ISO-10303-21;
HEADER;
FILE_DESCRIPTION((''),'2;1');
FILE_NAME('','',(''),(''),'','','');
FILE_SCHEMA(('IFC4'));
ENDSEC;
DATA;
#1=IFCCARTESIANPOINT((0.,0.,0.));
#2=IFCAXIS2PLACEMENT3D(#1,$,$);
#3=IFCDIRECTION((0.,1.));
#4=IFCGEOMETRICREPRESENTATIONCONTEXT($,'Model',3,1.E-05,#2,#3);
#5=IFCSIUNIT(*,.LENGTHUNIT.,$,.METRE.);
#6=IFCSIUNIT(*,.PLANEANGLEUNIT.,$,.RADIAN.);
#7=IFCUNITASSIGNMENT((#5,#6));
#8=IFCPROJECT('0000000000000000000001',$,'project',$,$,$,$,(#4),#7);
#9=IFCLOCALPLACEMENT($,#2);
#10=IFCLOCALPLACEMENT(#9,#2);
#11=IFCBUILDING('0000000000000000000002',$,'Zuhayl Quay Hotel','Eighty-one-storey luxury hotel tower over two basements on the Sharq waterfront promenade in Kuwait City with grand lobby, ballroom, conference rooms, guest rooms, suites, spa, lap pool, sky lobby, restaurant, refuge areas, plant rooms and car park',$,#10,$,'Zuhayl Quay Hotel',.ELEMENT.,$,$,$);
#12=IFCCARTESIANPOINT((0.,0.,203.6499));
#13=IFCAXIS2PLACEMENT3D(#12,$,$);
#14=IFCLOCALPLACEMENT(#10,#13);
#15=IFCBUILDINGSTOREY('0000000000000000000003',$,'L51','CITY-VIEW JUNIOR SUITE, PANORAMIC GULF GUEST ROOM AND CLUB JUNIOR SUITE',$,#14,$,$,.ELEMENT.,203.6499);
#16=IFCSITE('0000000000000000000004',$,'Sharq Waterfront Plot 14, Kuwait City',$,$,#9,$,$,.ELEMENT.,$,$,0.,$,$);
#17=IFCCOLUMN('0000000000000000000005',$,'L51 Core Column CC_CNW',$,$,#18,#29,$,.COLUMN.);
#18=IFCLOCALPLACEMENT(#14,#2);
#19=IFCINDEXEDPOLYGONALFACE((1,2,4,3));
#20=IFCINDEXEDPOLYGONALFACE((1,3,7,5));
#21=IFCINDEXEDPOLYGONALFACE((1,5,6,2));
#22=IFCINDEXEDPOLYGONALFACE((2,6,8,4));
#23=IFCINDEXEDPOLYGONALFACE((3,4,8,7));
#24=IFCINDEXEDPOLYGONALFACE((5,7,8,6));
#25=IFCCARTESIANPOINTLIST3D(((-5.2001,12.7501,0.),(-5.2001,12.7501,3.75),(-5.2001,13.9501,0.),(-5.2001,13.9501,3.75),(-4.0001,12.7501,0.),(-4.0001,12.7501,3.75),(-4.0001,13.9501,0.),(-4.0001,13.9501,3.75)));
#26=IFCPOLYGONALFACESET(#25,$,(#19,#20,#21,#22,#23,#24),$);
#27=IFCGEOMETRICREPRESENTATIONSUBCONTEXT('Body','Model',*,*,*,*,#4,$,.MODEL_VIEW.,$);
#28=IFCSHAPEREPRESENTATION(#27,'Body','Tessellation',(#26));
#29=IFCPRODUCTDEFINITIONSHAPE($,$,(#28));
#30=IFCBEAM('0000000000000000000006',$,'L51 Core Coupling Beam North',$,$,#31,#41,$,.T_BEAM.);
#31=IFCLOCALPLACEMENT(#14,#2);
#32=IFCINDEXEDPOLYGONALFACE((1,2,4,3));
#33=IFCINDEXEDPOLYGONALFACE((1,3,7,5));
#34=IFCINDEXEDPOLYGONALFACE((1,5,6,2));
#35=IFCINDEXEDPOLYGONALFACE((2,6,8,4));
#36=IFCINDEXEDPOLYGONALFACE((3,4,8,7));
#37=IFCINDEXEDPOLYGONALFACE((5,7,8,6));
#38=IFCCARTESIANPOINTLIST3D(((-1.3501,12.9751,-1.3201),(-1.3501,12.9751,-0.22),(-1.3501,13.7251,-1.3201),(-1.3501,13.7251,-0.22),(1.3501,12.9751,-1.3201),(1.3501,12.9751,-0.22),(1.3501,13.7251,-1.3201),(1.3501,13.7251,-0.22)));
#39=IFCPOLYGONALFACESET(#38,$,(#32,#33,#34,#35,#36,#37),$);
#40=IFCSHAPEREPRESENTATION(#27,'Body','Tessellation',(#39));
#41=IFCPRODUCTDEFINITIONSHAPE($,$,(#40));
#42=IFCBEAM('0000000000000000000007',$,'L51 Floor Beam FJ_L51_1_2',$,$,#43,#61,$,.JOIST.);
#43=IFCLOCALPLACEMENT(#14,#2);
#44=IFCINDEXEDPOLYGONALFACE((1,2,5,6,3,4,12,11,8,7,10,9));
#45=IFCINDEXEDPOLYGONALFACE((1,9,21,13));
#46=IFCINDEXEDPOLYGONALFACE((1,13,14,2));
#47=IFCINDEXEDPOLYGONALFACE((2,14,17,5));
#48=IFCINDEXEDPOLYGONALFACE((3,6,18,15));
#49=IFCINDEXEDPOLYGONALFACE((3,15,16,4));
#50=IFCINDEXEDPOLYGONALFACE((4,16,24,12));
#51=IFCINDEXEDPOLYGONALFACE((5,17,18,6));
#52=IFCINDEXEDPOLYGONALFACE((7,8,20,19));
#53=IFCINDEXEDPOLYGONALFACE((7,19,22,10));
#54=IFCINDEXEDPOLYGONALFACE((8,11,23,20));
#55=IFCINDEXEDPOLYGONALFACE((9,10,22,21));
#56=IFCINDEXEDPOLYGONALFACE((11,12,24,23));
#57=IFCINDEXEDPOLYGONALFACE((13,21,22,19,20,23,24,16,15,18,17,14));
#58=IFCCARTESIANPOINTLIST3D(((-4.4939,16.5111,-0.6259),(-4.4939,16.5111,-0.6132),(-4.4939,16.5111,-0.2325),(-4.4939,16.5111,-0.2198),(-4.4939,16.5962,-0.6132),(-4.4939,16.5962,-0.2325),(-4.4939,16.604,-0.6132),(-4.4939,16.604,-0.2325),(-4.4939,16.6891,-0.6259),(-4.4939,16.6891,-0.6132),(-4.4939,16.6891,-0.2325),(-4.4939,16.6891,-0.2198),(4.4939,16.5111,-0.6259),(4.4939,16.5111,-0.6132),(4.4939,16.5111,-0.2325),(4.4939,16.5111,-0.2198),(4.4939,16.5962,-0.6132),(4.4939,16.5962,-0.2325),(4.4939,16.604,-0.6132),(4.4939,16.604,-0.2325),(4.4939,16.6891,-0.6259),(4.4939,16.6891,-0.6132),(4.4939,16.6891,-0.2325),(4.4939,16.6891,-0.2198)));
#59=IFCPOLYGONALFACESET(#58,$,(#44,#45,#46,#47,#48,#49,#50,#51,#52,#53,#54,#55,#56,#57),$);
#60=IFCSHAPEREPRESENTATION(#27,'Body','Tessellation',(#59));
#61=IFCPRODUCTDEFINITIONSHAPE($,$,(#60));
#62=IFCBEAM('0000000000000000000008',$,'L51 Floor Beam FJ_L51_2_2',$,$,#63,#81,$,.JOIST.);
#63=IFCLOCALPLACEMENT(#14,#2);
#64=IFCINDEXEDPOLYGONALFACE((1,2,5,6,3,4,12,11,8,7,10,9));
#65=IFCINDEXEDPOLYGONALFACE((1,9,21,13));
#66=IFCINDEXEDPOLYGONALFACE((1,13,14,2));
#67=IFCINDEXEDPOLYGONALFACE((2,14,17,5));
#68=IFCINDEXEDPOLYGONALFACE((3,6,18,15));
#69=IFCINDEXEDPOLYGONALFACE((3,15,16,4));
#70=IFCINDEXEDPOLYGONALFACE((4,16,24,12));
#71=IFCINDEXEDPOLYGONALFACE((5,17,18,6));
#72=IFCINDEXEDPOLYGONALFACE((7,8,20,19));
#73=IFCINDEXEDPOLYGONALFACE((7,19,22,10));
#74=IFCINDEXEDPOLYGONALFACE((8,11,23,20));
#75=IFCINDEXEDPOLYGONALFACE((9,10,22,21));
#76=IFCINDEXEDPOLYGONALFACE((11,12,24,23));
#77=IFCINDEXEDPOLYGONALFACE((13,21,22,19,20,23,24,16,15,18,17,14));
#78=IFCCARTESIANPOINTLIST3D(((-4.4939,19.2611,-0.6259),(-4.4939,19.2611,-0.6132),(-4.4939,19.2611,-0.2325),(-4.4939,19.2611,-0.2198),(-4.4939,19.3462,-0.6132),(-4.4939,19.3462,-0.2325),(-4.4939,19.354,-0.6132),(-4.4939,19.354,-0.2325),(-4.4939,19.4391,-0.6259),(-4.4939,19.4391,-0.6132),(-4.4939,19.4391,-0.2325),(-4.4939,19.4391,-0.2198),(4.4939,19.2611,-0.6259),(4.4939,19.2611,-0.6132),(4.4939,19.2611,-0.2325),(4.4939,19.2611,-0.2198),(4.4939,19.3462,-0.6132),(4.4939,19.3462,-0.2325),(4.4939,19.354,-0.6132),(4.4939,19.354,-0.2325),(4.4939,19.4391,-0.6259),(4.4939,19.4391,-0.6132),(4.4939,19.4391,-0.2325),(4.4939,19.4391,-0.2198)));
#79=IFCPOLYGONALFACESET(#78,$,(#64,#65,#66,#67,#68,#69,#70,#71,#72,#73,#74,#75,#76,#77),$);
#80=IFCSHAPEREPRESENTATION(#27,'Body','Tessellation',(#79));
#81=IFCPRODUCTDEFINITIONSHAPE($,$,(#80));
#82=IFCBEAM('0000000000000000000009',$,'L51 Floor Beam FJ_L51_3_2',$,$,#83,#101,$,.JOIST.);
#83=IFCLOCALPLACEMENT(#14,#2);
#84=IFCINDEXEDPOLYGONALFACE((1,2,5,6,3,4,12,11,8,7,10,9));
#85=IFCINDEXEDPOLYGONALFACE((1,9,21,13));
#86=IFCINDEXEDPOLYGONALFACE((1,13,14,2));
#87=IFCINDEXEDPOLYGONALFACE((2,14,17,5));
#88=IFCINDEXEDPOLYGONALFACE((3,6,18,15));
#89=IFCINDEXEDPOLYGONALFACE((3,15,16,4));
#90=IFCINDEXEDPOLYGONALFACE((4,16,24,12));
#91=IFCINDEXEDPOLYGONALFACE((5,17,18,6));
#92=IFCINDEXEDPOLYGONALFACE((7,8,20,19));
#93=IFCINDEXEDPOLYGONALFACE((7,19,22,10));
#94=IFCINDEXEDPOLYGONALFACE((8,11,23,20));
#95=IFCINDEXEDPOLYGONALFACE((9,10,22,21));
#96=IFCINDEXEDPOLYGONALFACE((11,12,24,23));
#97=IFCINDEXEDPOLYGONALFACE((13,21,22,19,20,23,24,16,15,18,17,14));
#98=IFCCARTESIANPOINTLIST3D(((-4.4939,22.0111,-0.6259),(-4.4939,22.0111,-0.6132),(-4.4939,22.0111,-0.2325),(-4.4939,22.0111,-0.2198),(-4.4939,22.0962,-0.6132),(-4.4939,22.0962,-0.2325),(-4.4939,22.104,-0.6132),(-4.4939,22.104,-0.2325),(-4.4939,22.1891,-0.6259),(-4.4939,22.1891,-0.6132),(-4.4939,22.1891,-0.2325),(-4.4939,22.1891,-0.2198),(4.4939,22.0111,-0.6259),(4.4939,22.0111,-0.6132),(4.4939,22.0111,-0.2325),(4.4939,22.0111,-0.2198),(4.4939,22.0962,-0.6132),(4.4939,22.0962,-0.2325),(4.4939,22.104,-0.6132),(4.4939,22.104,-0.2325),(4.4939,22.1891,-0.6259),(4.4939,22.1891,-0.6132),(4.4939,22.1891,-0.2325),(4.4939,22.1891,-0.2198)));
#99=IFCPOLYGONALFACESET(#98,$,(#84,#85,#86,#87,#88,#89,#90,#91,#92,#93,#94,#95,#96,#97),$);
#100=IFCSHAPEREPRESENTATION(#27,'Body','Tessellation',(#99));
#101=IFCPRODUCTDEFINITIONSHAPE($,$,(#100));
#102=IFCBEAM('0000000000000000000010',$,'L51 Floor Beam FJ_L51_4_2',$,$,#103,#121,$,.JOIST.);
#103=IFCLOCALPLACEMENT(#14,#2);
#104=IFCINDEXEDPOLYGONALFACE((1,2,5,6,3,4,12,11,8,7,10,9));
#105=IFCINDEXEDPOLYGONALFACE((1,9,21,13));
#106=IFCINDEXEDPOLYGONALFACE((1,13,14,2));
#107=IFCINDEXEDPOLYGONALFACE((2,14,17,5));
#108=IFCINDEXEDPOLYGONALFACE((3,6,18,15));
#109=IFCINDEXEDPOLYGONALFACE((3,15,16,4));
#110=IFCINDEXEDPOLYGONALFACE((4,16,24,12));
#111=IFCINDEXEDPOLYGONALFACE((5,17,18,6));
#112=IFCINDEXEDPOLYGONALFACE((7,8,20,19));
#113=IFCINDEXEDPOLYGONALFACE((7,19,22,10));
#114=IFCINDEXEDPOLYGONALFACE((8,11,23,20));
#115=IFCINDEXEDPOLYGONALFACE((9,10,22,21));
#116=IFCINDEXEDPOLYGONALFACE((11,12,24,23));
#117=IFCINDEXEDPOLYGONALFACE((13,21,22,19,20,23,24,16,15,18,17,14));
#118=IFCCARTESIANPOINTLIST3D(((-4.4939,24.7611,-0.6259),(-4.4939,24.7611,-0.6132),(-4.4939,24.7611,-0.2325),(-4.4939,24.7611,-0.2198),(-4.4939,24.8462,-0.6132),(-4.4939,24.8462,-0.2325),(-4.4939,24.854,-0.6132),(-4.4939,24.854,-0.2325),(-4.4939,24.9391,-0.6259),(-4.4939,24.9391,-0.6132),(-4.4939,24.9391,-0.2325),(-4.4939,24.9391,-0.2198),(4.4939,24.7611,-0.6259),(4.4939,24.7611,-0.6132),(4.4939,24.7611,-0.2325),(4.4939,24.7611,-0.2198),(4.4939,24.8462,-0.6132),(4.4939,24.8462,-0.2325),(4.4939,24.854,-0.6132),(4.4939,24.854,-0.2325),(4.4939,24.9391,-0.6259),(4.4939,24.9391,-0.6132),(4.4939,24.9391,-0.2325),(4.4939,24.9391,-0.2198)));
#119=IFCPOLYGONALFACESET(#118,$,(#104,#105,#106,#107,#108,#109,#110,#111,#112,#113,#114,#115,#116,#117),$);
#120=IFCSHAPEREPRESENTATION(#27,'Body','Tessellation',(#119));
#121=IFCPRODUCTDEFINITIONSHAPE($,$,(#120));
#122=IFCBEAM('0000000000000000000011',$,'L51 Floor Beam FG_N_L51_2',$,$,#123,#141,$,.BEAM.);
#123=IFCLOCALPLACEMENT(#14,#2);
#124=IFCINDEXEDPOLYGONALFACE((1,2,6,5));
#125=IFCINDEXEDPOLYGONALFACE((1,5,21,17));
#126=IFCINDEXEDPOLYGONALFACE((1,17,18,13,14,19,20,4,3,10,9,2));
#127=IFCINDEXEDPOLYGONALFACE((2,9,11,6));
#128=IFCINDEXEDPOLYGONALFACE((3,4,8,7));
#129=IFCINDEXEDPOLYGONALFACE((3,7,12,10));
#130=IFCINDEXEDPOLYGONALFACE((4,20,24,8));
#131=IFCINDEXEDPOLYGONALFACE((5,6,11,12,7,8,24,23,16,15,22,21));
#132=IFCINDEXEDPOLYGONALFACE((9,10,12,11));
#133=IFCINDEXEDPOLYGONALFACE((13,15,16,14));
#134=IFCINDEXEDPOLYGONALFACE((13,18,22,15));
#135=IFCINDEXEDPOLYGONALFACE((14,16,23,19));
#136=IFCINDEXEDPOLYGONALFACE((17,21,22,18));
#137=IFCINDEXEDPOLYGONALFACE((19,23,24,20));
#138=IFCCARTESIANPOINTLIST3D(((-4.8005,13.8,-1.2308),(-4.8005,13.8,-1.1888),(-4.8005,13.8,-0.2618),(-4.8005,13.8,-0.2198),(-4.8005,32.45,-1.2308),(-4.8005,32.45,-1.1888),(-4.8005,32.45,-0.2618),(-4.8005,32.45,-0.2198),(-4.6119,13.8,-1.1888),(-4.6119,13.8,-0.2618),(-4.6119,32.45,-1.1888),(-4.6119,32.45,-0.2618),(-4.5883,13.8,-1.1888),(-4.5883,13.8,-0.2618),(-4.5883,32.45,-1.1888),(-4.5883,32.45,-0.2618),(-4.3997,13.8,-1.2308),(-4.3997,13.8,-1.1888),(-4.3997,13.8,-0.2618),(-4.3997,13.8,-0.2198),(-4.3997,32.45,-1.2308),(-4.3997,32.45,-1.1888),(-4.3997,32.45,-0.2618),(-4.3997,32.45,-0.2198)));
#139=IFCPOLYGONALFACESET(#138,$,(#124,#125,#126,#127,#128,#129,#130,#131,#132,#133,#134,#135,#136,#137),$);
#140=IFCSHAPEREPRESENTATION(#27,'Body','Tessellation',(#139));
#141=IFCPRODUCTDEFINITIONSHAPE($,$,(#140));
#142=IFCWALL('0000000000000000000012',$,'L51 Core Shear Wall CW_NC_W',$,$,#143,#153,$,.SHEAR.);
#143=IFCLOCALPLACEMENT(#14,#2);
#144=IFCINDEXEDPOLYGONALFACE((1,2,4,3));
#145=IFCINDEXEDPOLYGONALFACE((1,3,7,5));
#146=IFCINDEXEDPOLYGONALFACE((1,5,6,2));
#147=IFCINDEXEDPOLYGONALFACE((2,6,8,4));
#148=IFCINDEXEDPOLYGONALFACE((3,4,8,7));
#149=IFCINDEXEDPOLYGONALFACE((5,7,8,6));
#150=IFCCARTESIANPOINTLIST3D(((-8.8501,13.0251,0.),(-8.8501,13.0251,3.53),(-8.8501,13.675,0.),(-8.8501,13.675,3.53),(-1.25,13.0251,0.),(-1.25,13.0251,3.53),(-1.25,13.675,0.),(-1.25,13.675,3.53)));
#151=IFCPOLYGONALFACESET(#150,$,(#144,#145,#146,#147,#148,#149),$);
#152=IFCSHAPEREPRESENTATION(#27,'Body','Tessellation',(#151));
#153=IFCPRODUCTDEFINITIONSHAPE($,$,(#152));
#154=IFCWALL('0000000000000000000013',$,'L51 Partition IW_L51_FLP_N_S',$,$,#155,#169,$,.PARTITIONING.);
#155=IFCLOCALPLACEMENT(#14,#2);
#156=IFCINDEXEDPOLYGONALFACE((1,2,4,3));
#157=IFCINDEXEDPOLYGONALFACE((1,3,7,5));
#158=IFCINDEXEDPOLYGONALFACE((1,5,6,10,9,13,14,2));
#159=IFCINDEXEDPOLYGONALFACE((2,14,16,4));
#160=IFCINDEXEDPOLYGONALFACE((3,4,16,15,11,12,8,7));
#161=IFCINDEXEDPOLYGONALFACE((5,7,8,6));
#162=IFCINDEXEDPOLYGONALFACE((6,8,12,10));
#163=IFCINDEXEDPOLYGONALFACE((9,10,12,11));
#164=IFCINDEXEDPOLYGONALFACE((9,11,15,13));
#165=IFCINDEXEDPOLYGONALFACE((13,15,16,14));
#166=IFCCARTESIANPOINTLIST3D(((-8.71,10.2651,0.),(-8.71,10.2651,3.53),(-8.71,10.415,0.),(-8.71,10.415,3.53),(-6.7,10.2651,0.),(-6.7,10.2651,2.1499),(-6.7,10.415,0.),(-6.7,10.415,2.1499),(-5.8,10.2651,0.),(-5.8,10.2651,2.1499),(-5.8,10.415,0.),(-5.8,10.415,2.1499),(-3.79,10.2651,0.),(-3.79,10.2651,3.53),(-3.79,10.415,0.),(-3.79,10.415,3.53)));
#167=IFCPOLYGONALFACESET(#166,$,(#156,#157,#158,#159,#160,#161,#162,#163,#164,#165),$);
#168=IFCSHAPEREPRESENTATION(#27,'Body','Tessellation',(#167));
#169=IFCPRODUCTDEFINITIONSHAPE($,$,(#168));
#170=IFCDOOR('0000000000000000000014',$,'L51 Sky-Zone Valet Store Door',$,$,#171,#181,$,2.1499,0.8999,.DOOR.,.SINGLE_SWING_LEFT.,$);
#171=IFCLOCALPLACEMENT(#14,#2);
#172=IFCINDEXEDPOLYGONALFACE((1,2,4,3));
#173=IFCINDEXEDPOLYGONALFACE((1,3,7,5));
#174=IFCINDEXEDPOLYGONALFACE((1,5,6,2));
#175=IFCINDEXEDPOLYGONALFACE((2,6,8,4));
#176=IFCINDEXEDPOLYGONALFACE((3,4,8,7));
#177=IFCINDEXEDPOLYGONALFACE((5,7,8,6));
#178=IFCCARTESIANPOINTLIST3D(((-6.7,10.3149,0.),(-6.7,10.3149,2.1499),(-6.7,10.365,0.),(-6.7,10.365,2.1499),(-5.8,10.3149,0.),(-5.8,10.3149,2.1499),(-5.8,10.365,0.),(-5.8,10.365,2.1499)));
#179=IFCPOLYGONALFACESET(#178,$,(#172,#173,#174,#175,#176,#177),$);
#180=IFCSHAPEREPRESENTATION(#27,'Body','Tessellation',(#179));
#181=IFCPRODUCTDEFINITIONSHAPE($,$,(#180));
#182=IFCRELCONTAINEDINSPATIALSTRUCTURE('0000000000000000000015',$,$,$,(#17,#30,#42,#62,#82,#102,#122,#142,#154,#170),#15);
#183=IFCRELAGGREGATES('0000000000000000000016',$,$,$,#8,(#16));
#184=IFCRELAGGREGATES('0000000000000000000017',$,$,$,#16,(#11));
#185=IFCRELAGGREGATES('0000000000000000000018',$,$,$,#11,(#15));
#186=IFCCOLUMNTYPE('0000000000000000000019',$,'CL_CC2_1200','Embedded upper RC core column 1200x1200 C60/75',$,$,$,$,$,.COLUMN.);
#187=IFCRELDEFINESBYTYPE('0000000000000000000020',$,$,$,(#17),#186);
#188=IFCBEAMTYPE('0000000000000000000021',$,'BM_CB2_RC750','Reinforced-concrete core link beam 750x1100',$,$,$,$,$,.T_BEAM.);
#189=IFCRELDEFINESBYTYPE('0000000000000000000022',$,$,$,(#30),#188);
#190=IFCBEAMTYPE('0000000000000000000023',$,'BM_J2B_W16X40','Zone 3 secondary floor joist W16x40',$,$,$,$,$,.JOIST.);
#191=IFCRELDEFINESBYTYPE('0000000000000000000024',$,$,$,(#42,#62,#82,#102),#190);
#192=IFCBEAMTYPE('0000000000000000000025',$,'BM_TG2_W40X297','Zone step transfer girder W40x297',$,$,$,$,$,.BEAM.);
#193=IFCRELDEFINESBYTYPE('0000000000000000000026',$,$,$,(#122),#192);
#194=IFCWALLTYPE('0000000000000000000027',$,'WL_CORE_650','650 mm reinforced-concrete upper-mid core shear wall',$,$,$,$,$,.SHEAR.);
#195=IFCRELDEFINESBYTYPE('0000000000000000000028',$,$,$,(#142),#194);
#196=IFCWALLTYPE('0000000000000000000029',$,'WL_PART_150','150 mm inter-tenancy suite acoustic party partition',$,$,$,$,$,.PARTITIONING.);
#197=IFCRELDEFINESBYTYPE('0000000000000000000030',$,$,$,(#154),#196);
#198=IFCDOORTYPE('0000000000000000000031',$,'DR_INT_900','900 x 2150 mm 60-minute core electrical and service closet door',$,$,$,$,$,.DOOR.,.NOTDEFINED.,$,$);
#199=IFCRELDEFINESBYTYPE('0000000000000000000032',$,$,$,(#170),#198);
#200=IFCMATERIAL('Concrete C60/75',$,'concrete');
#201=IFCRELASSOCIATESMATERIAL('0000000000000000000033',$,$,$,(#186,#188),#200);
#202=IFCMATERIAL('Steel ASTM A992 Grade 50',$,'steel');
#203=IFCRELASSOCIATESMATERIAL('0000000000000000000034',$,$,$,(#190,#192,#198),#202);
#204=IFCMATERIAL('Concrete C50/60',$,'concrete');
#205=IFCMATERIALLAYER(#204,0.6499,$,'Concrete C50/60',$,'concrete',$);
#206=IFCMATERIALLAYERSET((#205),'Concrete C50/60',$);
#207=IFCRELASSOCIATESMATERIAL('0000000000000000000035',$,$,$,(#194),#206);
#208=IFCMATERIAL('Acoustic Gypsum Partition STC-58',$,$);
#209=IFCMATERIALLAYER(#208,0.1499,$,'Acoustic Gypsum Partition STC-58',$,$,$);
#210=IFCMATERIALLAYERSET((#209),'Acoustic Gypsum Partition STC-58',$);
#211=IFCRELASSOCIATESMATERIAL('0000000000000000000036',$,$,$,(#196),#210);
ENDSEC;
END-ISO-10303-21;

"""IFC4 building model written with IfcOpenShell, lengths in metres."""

from ifc_helpers import new_model, si_unit, direction, frame, frame_2d, origin, origin_2d, place, context, subcontext, project, spatial, rectangle, i_section, extrude, material, layer, layer_set, material_profile, profile_set, type_object, element, fill, save


model = new_model("IFC4")

# Units and contexts
model_context = context("Model", 3, precision=1e-05, world=origin(), true_north=direction((0.0, 1.0)))
body_context = subcontext(model_context, "Body", "Model", "MODEL_VIEW")
ifc_project = project(units=[si_unit("LENGTHUNIT", "METRE"), si_unit("PLANEANGLEUNIT", "RADIAN")], contexts=[model_context])

# Site, building, storey
site_placement = place(None, origin())
site = spatial("IfcSite", under=ifc_project, at=site_placement, Name="Sharq Waterfront Plot 14, Kuwait City", CompositionType="ELEMENT", RefElevation=0.0)
building_placement = place(site_placement, origin())
building = spatial("IfcBuilding", under=site, at=building_placement, Name="Zuhayl Quay Hotel", Description="Eighty-one-storey luxury hotel tower over two basements on the Sharq waterfront promenade in Kuwait City with grand lobby, ballroom, conference rooms, guest rooms, suites, spa, lap pool, sky lobby, restaurant, refuge areas, plant rooms and car park", LongName="Zuhayl Quay Hotel", CompositionType="ELEMENT")
storey_placement = place(building_placement, frame((0.0, 0.0, 203.6499)))
storey = spatial("IfcBuildingStorey", under=building, at=storey_placement, Name="L51", Description="CITY-VIEW JUNIOR SUITE, PANORAMIC GULF GUEST ROOM AND CLUB JUNIOR SUITE", CompositionType="ELEMENT", Elevation=203.6499)

# Column
ifc_material_1 = material(Name="Concrete C60/75", Category="concrete")
ifc_material_profile_1 = material_profile(ifc_material_1, rectangle(XDim=1.2, YDim=1.2, at=origin_2d()), Name="RC1200X1200")
ifc_profile_set_1 = profile_set([ifc_material_profile_1], Name="Concrete C60/75")
column_type = type_object("IfcColumnType", Name="CL_CC2_1200", Description="Embedded upper RC core column 1200x1200 C60/75", PredefinedType="COLUMN", material=ifc_profile_set_1)
column_placement = place(storey_placement, frame((-4.6001, 13.3501, 0.0), z_axis=(0.0, 0.0, 1.0), x_axis=(1.0, 0.0, 0.0)))
element("IfcColumn", 1, at=column_placement, inside=storey, type_object=column_type, Name="L51 Core Column CC_CNW", PredefinedType="COLUMN", context=body_context, shape_type="SweptSolid", body=[
    extrude(rectangle(XDim=1.2, YDim=1.2, at=origin_2d()), origin(), (0.0, 0.0, 1.0), 3.75),
])

# Beams
ifc_material_profile_2 = material_profile(ifc_material_1, rectangle(XDim=0.75, YDim=1.1001, at=origin_2d()), Name="RC750X1100")
ifc_profile_set_2 = profile_set([ifc_material_profile_2], Name="Concrete C60/75")
beam_type_1 = type_object("IfcBeamType", Name="BM_CB2_RC750", Description="Reinforced-concrete core link beam 750x1100", PredefinedType="T_BEAM", material=ifc_profile_set_2)
beam_1_placement = place(storey_placement, frame((-1.3501, 13.3501, -0.77), z_axis=(1.0, 0.0, 0.0), x_axis=(0.0, 1.0, 0.0)))
element("IfcBeam", 2, at=beam_1_placement, inside=storey, type_object=beam_type_1, Name="L51 Core Coupling Beam North", PredefinedType="T_BEAM", context=body_context, shape_type="SweptSolid", body=[
    extrude(rectangle(XDim=0.75, YDim=1.1001, at=origin_2d()), origin(), (0.0, 0.0, 1.0), 2.7002),
])
ifc_material_2 = material(Name="Steel ASTM A992 Grade 50", Category="steel")
ifc_material_profile_3 = material_profile(ifc_material_2, i_section(OverallWidth=0.178, OverallDepth=0.406, WebThickness=0.0078, FlangeThickness=0.0127, at=origin_2d()), Name="W16X40")
ifc_profile_set_3 = profile_set([ifc_material_profile_3], Name="Steel ASTM A992 Grade 50")
beam_type_2 = type_object("IfcBeamType", Name="BM_J2B_W16X40", Description="Zone 3 secondary floor joist W16x40", PredefinedType="JOIST", material=ifc_profile_set_3)
for number, where, z_axis, x_axis, name in (
    (3, (-4.4939, 16.6001, -0.4229), (1.0, 0.0, 0.0), (0.0, 1.0, 0.0), "L51 Floor Beam FJ_L51_1_2"),
    (4, (-4.4939, 19.3501, -0.4229), (1.0, 0.0, 0.0), (0.0, 1.0, 0.0), "L51 Floor Beam FJ_L51_2_2"),
    (5, (-4.4939, 22.1001, -0.4229), (1.0, 0.0, 0.0), (0.0, 1.0, 0.0), "L51 Floor Beam FJ_L51_3_2"),
    (6, (-4.4939, 24.8501, -0.4229), (1.0, 0.0, 0.0), (0.0, 1.0, 0.0), "L51 Floor Beam FJ_L51_4_2"),
):
    element("IfcBeam", number, at=place(storey_placement, frame(where, z_axis=z_axis, x_axis=x_axis)), inside=storey, type_object=beam_type_2, Name=name, PredefinedType="JOIST", context=body_context, shape_type="SweptSolid", body=[
        extrude(i_section(OverallWidth=0.178, OverallDepth=0.406, WebThickness=0.0078, FlangeThickness=0.0127, at=origin_2d()), origin(), (0.0, 0.0, 1.0), 8.9878),
    ])
ifc_material_profile_4 = material_profile(ifc_material_2, i_section(OverallWidth=0.4009, OverallDepth=1.011, WebThickness=0.0237, FlangeThickness=0.042, at=origin_2d()), Name="W40X297")
ifc_profile_set_4 = profile_set([ifc_material_profile_4], Name="Steel ASTM A992 Grade 50")
beam_type_3 = type_object("IfcBeamType", Name="BM_TG2_W40X297", Description="Zone step transfer girder W40x297", PredefinedType="BEAM", material=ifc_profile_set_4)
beam_2_placement = place(storey_placement, frame((-4.6001, 13.8, -0.7253), z_axis=(0.0, 1.0, 0.0), x_axis=(-1.0, 0.0, 0.0)))
element("IfcBeam", 7, at=beam_2_placement, inside=storey, type_object=beam_type_3, Name="L51 Floor Beam FG_N_L51_2", PredefinedType="BEAM", context=body_context, shape_type="SweptSolid", body=[
    extrude(i_section(OverallWidth=0.4009, OverallDepth=1.011, WebThickness=0.0237, FlangeThickness=0.042, at=origin_2d()), origin(), (0.0, 0.0, 1.0), 18.6499),
])

# Wall
ifc_material_3 = material(Name="Concrete C50/60", Category="concrete")
ifc_layer_1 = layer(ifc_material_3, 0.6499, Name="Concrete C50/60", Category="concrete")
ifc_layer_set_1 = layer_set([ifc_layer_1], Name="Concrete C50/60")
wall_type_1 = type_object("IfcWallType", Name="WL_CORE_650", Description="650 mm reinforced-concrete upper-mid core shear wall", PredefinedType="SHEAR", material=ifc_layer_set_1)
wall_1_placement = place(storey_placement, frame((-8.8501, 13.3501, 0.0), z_axis=(0.0, 0.0, 1.0), x_axis=(1.0, 0.0, 0.0)))
element("IfcWall", 8, at=wall_1_placement, inside=storey, type_object=wall_type_1, Name="L51 Core Shear Wall CW_NC_W", PredefinedType="SHEAR", context=body_context, shape_type="SweptSolid", body=[
    extrude(rectangle(XDim=7.6001, YDim=0.6499, at=frame_2d((3.8, 0.0))), origin(), (0.0, 0.0, 1.0), 3.53),
])

# Wall, opening, door
ifc_material_4 = material(Name="Acoustic Gypsum Partition STC-58")
ifc_layer_2 = layer(ifc_material_4, 0.1499, Name="Acoustic Gypsum Partition STC-58")
ifc_layer_set_2 = layer_set([ifc_layer_2], Name="Acoustic Gypsum Partition STC-58")
wall_type_2 = type_object("IfcWallType", Name="WL_PART_150", Description="150 mm inter-tenancy suite acoustic party partition", PredefinedType="PARTITIONING", material=ifc_layer_set_2)
wall_2_placement = place(storey_placement, frame((-8.71, 10.3401, 0.0), z_axis=(0.0, 0.0, 1.0), x_axis=(1.0, 0.0, 0.0)))
wall_2 = element("IfcWall", 9, at=wall_2_placement, inside=storey, type_object=wall_type_2, Name="L51 Partition IW_L51_FLP_N_S", PredefinedType="PARTITIONING", context=body_context, shape_type="SweptSolid", body=[
    extrude(rectangle(XDim=4.9199, YDim=0.1499, at=frame_2d((2.46, 0.0))), origin(), (0.0, 0.0, 1.0), 3.53),
])
opening_1_placement = place(wall_2_placement, frame((2.01, 0.0, 0.0)))
opening_1 = element("IfcOpeningElement", 10, at=opening_1_placement, cuts=wall_2, PredefinedType="OPENING", context=body_context, shape_type="SweptSolid", body=[
    extrude(rectangle(XDim=0.8999, YDim=2.1499, at=frame_2d((0.45, 1.075))), frame((0.0, 0.085, 0.0), z_axis=(0.0, -1.0, 0.0), x_axis=(1.0, 0.0, 0.0)), (0.0, 0.0, 1.0), 0.1699),
])
door_type_1 = type_object("IfcDoorType", Name="DR_INT_900", Description="900 x 2150 mm 60-minute core electrical and service closet door", OperationType="NOTDEFINED", PredefinedType="DOOR", material=ifc_material_2)
door_1_placement = place(opening_1_placement, origin())
door_1 = element("IfcDoor", 11, at=door_1_placement, inside=storey, type_object=door_type_1, Name="L51 Sky-Zone Valet Store Door", OperationType="SINGLE_SWING_LEFT", OverallHeight=2.1499, OverallWidth=0.8999, PredefinedType="DOOR", context=body_context, shape_type="SweptSolid", body=[
    extrude(rectangle(XDim=0.8999, YDim=2.1499, at=frame_2d((0.45, 1.075))), frame((0.0, 0.0249, 0.0), z_axis=(0.0, -1.0, 0.0), x_axis=(1.0, 0.0, 0.0)), (0.0, 0.0, 1.0), 0.05),
])
fill(opening_1, door_1)

save(model, "model.ifc")
